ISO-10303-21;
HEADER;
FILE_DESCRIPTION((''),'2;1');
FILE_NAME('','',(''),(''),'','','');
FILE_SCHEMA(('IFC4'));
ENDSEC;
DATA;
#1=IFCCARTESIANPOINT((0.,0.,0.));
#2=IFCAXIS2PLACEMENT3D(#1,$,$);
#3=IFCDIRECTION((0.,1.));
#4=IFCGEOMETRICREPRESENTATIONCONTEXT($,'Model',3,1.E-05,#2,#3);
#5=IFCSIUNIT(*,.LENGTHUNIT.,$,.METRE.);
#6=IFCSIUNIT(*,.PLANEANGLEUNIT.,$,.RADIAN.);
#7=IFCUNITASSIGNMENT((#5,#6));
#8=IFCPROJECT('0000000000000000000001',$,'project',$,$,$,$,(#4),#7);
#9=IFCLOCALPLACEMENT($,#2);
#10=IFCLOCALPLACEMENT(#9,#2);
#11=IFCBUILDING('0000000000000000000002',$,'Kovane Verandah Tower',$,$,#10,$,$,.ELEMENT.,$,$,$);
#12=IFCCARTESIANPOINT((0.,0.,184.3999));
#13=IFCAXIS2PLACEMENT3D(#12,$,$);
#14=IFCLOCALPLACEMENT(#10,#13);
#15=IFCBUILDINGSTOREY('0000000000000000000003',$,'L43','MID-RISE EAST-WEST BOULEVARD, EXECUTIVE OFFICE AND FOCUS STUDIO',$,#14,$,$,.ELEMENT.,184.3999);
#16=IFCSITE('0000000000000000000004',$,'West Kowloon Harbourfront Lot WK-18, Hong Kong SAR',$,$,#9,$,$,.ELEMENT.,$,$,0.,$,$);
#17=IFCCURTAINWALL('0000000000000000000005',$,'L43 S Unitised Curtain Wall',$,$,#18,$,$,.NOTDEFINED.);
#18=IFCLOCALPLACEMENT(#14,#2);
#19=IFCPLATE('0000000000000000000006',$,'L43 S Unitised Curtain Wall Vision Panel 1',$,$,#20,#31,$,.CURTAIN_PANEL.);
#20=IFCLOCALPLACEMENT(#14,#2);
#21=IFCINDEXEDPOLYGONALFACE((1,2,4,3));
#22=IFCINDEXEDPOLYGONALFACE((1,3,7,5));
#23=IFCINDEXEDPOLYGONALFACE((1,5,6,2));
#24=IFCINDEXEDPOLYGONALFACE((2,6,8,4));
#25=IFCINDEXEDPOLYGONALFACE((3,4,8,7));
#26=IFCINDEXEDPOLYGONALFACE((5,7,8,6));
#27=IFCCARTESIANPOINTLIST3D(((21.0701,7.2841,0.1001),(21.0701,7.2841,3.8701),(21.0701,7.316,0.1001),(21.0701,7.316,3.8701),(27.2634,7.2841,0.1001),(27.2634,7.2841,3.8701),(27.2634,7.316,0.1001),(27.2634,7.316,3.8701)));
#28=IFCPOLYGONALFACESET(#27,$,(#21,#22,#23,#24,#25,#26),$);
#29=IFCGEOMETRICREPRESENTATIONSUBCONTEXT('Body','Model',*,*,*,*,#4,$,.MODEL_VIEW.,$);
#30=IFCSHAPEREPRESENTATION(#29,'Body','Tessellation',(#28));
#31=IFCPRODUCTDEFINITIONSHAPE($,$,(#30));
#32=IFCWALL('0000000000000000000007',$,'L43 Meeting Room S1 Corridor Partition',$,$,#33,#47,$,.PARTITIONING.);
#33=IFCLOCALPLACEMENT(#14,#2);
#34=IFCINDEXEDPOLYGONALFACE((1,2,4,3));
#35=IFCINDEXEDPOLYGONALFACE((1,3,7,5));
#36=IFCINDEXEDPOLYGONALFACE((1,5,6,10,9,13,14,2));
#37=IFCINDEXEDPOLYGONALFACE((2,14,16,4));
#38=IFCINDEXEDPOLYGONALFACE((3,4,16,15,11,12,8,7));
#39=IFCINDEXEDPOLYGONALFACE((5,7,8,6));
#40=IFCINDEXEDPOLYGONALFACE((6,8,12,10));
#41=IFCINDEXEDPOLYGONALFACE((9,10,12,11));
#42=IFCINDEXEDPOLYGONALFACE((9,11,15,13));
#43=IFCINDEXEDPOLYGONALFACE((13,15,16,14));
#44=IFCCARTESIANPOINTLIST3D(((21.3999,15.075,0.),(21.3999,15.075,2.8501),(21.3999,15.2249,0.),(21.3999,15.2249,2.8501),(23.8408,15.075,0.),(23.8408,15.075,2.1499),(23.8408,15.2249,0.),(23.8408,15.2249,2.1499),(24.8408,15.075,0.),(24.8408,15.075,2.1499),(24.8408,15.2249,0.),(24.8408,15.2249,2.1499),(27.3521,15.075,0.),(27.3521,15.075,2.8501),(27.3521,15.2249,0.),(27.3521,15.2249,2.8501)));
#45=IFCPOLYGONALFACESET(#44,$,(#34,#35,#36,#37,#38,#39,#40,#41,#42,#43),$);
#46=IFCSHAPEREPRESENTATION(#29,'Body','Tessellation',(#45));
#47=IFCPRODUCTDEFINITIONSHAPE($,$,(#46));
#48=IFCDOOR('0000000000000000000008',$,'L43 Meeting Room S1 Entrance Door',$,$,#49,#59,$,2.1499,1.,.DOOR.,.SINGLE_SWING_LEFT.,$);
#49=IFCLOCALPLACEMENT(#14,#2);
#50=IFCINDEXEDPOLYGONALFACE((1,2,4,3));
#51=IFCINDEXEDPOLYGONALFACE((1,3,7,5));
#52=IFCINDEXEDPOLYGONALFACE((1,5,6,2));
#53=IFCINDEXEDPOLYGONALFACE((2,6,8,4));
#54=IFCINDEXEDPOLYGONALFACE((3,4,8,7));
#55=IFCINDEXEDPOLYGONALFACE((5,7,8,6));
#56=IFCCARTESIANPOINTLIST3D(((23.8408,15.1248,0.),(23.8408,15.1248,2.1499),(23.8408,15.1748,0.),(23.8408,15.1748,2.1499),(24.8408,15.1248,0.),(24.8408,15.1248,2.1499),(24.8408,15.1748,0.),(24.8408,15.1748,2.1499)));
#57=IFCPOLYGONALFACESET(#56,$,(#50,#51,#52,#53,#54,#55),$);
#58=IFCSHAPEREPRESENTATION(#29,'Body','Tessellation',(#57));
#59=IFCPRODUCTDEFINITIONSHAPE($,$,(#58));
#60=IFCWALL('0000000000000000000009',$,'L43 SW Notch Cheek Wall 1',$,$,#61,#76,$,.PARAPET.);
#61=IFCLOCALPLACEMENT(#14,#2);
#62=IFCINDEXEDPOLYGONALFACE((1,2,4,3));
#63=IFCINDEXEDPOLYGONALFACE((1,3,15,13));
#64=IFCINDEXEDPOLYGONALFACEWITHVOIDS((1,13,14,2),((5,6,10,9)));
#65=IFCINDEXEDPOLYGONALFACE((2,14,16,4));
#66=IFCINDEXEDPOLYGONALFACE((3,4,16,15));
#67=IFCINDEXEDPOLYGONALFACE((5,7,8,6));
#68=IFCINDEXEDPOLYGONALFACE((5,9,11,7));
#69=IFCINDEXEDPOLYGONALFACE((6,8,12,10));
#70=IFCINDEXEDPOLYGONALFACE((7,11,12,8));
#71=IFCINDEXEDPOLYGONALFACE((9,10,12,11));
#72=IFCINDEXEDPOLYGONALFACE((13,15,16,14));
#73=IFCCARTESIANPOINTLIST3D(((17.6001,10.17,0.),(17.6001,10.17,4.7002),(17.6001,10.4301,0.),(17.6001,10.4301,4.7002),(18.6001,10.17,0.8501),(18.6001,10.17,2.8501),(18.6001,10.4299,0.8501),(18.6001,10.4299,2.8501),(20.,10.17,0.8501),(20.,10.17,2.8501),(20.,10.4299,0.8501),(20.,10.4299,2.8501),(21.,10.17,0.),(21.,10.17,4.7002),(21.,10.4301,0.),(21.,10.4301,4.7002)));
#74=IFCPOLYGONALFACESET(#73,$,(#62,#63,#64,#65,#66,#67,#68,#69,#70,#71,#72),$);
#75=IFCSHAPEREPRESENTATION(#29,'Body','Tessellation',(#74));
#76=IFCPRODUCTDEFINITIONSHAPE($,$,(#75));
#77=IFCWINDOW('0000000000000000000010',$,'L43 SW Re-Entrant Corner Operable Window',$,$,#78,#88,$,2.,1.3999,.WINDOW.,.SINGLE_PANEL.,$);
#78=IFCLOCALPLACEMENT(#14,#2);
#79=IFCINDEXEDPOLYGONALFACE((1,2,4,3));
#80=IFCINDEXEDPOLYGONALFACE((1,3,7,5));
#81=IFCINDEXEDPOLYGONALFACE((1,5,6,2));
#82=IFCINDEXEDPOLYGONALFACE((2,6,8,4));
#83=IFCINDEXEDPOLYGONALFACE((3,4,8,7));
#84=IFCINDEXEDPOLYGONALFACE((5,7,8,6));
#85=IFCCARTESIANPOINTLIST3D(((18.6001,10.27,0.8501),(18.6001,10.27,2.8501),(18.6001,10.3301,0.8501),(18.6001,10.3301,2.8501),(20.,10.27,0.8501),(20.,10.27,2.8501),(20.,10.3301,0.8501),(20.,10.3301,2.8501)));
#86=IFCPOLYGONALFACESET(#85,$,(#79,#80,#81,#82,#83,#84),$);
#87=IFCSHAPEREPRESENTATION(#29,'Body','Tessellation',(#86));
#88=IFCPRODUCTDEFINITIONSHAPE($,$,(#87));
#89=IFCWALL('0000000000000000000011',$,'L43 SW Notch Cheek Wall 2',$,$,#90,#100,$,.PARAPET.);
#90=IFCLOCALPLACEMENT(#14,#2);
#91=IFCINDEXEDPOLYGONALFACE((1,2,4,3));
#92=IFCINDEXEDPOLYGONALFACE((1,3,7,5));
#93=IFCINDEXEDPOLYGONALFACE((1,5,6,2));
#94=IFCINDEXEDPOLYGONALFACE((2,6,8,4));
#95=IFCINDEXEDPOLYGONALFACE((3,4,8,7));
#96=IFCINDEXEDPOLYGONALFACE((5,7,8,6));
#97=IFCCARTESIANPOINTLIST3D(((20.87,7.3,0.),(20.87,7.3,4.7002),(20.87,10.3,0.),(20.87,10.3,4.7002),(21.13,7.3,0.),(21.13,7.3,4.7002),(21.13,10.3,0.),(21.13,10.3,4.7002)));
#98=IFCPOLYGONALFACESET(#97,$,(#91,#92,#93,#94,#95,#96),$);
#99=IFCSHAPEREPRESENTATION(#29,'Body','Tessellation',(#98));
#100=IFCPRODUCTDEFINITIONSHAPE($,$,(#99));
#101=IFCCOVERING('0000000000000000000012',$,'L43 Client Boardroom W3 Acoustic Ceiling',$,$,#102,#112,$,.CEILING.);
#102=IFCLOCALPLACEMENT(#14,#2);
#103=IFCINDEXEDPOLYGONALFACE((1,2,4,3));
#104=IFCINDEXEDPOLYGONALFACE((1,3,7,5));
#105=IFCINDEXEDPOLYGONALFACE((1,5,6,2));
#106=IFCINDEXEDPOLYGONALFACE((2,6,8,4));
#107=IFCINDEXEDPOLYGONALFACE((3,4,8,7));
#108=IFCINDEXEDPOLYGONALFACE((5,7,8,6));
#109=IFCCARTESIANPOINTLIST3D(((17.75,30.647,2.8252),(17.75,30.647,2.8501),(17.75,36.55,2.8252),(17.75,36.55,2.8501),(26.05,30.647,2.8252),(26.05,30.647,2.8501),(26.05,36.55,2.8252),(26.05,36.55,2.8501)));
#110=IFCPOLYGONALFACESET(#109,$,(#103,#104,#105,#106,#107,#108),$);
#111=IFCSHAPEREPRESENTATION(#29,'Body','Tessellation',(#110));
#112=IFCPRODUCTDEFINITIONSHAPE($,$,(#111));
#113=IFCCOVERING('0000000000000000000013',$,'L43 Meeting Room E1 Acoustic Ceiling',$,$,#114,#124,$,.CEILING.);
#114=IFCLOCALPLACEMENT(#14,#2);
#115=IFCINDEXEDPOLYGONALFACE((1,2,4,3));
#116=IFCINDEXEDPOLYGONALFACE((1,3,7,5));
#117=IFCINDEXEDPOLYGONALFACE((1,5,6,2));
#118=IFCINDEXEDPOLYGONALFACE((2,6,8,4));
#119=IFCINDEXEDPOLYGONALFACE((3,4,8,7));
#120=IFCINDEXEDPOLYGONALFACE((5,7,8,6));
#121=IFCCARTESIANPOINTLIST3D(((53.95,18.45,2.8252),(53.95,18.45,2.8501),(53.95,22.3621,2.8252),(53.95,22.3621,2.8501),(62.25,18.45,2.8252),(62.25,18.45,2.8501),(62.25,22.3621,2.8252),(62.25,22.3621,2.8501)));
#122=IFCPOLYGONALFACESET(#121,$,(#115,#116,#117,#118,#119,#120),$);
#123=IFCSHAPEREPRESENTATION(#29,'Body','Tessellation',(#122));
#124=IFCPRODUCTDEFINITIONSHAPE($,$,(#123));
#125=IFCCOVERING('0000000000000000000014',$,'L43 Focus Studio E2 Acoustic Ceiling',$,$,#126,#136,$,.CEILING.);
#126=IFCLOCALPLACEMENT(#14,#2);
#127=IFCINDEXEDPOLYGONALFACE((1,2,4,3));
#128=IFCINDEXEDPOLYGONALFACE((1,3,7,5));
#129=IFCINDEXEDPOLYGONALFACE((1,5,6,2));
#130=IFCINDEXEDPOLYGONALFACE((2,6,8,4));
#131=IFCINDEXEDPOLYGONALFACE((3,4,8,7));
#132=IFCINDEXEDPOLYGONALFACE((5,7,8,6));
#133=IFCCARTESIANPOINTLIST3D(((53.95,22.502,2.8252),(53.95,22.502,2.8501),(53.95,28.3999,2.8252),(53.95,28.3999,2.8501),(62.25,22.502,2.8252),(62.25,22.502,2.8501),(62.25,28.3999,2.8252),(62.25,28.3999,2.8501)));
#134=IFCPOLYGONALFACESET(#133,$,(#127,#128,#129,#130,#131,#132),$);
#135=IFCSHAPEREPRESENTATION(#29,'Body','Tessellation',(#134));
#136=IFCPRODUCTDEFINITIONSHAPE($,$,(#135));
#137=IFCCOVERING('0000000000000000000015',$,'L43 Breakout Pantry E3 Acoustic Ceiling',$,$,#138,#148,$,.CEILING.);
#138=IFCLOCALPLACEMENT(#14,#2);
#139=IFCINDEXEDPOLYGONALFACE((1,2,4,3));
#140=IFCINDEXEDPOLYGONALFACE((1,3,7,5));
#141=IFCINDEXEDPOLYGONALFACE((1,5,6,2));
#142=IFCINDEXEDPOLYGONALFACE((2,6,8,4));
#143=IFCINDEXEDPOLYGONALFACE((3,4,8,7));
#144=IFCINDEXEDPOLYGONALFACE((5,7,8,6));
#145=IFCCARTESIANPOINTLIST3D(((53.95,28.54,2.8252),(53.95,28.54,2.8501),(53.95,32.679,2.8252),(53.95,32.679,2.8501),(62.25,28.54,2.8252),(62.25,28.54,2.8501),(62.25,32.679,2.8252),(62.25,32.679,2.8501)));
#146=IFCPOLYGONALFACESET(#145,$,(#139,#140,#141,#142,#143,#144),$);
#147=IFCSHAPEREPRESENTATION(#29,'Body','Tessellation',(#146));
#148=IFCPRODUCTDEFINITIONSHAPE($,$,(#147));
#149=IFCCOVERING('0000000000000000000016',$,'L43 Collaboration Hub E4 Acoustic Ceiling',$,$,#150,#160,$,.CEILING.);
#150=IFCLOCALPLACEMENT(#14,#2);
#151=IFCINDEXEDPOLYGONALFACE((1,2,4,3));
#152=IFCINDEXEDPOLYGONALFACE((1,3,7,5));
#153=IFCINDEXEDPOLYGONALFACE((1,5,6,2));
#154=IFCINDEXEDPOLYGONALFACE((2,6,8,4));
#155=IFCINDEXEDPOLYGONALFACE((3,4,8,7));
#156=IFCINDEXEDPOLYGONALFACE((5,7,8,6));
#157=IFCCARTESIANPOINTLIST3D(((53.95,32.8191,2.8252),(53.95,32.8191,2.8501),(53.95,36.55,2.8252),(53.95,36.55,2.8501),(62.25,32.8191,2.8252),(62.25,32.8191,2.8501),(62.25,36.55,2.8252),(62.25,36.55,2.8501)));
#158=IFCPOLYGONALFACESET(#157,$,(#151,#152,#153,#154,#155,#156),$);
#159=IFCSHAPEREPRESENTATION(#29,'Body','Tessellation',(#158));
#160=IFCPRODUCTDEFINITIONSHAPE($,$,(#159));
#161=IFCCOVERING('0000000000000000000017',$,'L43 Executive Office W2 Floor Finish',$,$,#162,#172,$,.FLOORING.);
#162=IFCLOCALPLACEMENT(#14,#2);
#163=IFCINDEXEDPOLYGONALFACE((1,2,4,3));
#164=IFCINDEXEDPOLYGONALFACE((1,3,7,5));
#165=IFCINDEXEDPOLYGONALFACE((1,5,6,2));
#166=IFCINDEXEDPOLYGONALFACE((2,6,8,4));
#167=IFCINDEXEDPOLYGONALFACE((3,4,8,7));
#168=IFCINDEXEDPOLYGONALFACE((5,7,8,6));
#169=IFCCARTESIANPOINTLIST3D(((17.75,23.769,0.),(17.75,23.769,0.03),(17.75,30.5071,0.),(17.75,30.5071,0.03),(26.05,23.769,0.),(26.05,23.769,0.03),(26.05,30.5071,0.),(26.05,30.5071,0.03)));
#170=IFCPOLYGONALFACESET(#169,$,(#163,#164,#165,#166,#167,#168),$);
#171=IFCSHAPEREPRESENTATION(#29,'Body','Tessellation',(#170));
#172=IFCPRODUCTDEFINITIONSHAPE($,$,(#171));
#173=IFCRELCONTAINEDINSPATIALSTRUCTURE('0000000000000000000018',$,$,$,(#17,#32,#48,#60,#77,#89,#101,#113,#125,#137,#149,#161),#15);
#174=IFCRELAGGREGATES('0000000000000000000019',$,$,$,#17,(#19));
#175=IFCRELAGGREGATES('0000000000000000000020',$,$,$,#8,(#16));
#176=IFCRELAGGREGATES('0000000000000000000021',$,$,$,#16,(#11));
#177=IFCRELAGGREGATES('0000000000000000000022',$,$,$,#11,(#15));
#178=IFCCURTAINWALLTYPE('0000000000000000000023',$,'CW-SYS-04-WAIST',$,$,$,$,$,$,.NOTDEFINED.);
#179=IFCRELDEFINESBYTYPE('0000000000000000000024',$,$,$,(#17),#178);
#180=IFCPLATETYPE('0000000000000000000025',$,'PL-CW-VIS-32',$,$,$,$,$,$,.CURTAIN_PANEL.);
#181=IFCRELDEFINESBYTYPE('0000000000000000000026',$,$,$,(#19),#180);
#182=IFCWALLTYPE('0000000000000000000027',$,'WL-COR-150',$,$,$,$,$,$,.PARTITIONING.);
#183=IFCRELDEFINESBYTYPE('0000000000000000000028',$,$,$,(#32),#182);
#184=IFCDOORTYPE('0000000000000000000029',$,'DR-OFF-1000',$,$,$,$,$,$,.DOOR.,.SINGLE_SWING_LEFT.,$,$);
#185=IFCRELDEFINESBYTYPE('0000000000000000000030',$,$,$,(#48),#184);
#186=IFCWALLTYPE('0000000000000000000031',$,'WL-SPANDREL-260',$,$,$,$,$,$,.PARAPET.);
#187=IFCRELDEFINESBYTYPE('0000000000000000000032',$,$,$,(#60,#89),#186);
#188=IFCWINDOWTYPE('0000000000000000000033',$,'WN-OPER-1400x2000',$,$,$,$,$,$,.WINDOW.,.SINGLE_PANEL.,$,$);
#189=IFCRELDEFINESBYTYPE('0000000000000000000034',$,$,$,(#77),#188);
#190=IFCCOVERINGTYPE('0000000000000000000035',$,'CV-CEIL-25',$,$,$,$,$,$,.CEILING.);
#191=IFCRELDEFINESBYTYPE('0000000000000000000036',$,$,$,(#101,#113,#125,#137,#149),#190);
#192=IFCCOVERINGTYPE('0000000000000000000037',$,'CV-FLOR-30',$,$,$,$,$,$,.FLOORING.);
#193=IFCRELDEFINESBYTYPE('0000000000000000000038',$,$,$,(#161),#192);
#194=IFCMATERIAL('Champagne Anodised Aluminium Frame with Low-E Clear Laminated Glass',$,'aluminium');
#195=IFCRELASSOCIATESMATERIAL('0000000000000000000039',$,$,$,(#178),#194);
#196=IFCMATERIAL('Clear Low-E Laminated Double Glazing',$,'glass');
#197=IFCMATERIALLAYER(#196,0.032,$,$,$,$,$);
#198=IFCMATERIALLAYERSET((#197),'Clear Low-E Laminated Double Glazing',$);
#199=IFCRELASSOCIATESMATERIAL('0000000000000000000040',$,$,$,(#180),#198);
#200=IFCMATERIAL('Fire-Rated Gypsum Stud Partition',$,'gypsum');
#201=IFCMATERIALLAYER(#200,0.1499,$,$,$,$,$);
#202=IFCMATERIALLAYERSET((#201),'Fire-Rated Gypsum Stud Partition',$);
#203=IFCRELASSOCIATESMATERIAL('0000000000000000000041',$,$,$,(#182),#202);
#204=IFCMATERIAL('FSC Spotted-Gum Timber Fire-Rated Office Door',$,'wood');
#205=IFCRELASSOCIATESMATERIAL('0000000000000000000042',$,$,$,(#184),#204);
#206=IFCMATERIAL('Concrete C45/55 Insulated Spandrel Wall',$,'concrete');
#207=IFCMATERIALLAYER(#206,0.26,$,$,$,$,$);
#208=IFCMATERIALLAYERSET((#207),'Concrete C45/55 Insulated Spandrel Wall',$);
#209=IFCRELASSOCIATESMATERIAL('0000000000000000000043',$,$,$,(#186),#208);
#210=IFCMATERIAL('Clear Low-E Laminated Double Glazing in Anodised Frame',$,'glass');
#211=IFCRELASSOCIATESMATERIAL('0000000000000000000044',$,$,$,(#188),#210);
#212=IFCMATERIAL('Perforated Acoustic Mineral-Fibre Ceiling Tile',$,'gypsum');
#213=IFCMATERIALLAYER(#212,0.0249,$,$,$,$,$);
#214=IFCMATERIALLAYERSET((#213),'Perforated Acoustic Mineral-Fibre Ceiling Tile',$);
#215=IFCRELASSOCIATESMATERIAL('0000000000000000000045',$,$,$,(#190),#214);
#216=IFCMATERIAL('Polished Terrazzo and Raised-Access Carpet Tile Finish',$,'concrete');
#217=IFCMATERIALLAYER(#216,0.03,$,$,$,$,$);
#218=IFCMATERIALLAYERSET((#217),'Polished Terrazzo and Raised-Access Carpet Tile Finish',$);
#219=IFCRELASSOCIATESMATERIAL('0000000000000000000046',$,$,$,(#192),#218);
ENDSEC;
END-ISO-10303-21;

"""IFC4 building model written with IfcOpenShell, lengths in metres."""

from ifc_helpers import new_model, si_unit, direction, frame, frame_2d, origin, origin_2d, place, context, subcontext, project, spatial, polyline, rectangle, outline, extrude, material, layer, layer_set, type_object, element, fill, aggregate, save


model = new_model("IFC4")

# Units and contexts
model_context = context("Model", 3, precision=1e-05, world=origin(), true_north=direction((0.0, 1.0)))
body_context = subcontext(model_context, "Body", "Model", "MODEL_VIEW")
ifc_project = project(units=[si_unit("LENGTHUNIT", "METRE"), si_unit("PLANEANGLEUNIT", "RADIAN")], contexts=[model_context])

# Site, building, storey
site_placement = place(None, origin())
site = spatial("IfcSite", under=ifc_project, at=site_placement, Name="West Kowloon Harbourfront Lot WK-18, Hong Kong SAR", CompositionType="ELEMENT", RefElevation=0.0)
building_placement = place(site_placement, origin())
building = spatial("IfcBuilding", under=site, at=building_placement, Name="Kovane Verandah Tower", CompositionType="ELEMENT")
storey_placement = place(building_placement, frame((0.0, 0.0, 184.3999)))
storey = spatial("IfcBuildingStorey", under=building, at=storey_placement, Name="L43", Description="MID-RISE EAST-WEST BOULEVARD, EXECUTIVE OFFICE AND FOCUS STUDIO", CompositionType="ELEMENT", Elevation=184.3999)

# Curtain wall, plate
ifc_material_1 = material(Name="Champagne Anodised Aluminium Frame with Low-E Clear Laminated Glass", Category="aluminium")
curtain_wall_type = type_object("IfcCurtainWallType", Name="CW-SYS-04-WAIST", PredefinedType="NOTDEFINED", material=ifc_material_1)
curtain_wall_placement = place(storey_placement, origin())
curtain_wall = element("IfcCurtainWall", 1, at=curtain_wall_placement, inside=storey, type_object=curtain_wall_type, Name="L43 S Unitised Curtain Wall", PredefinedType="NOTDEFINED")
ifc_material_2 = material(Name="Clear Low-E Laminated Double Glazing", Category="glass")
ifc_layer_1 = layer(ifc_material_2, 0.032)
ifc_layer_set_1 = layer_set([ifc_layer_1], Name="Clear Low-E Laminated Double Glazing")
plate_type = type_object("IfcPlateType", Name="PL-CW-VIS-32", PredefinedType="CURTAIN_PANEL", material=ifc_layer_set_1)
plate_placement = place(storey_placement, frame((24.1667, 7.3, 0.1001), z_axis=(0.0, 0.0, 1.0), x_axis=(1.0, 0.0, 0.0)))
plate = element("IfcPlate", 2, at=plate_placement, type_object=plate_type, Name="L43 S Unitised Curtain Wall Vision Panel 1", PredefinedType="CURTAIN_PANEL", context=body_context, shape_type="SweptSolid", body=[
    extrude(rectangle(XDim=6.1934, YDim=0.032, at=origin_2d()), origin(), (0.0, 0.0, 1.0), 3.77),
])
aggregate(curtain_wall, [plate])

# Wall, opening, door
ifc_material_3 = material(Name="Fire-Rated Gypsum Stud Partition", Category="gypsum")
ifc_layer_2 = layer(ifc_material_3, 0.1499)
ifc_layer_set_2 = layer_set([ifc_layer_2], Name="Fire-Rated Gypsum Stud Partition")
wall_type_1 = type_object("IfcWallType", Name="WL-COR-150", PredefinedType="PARTITIONING", material=ifc_layer_set_2)
wall_1_placement = place(storey_placement, frame((21.3999, 15.1499, 0.0), z_axis=(0.0, 0.0, 1.0), x_axis=(1.0, 0.0, 0.0)))
wall_1 = element("IfcWall", 3, at=wall_1_placement, inside=storey, type_object=wall_type_1, Name="L43 Meeting Room S1 Corridor Partition", PredefinedType="PARTITIONING", context=body_context, shape_type="SweptSolid", body=[
    extrude(rectangle(XDim=5.9521, YDim=0.1499, at=frame_2d((2.9761, 0.0))), origin(), (0.0, 0.0, 1.0), 2.8501),
])
opening_1_placement = place(wall_1_placement, frame((2.4409, 0.0, 0.0)))
opening_1 = element("IfcOpeningElement", 4, at=opening_1_placement, cuts=wall_1, PredefinedType="OPENING", context=body_context, shape_type="SweptSolid", body=[
    extrude(rectangle(XDim=1.0, YDim=2.1499, at=frame_2d((0.5, 1.075))), frame((0.0, 0.075, 0.0), z_axis=(0.0, -1.0, 0.0), x_axis=(1.0, 0.0, 0.0)), (0.0, 0.0, 1.0), 0.1499),
])
ifc_material_4 = material(Name="FSC Spotted-Gum Timber Fire-Rated Office Door", Category="wood")
door_type = type_object("IfcDoorType", Name="DR-OFF-1000", OperationType="SINGLE_SWING_LEFT", PredefinedType="DOOR", material=ifc_material_4)
door_placement = place(opening_1_placement, origin())
door = element("IfcDoor", 5, at=door_placement, inside=storey, type_object=door_type, Name="L43 Meeting Room S1 Entrance Door", OperationType="SINGLE_SWING_LEFT", OverallHeight=2.1499, OverallWidth=1.0, PredefinedType="DOOR", context=body_context, shape_type="SweptSolid", body=[
    extrude(rectangle(XDim=1.0, YDim=2.1499, at=frame_2d((0.5, 1.075))), frame((0.0, 0.0249, 0.0), z_axis=(0.0, -1.0, 0.0), x_axis=(1.0, 0.0, 0.0)), (0.0, 0.0, 1.0), 0.05),
])
fill(opening_1, door)

# Wall, opening, window
ifc_material_5 = material(Name="Concrete C45/55 Insulated Spandrel Wall", Category="concrete")
ifc_layer_3 = layer(ifc_material_5, 0.26)
ifc_layer_set_3 = layer_set([ifc_layer_3], Name="Concrete C45/55 Insulated Spandrel Wall")
wall_type_2 = type_object("IfcWallType", Name="WL-SPANDREL-260", PredefinedType="PARAPET", material=ifc_layer_set_3)
wall_2_placement = place(storey_placement, frame((17.6001, 10.3, 0.0), z_axis=(0.0, 0.0, 1.0), x_axis=(1.0, 0.0, 0.0)))
wall_2 = element("IfcWall", 6, at=wall_2_placement, inside=storey, type_object=wall_type_2, Name="L43 SW Notch Cheek Wall 1", PredefinedType="PARAPET", context=body_context, shape_type="SweptSolid", body=[
    extrude(rectangle(XDim=3.3999, YDim=0.26, at=frame_2d((1.7, 0.0))), origin(), (0.0, 0.0, 1.0), 4.7002),
])
opening_2_placement = place(wall_2_placement, frame((1.0, 0.0, 0.8501)))
opening_2 = element("IfcOpeningElement", 7, at=opening_2_placement, cuts=wall_2, PredefinedType="OPENING", context=body_context, shape_type="SweptSolid", body=[
    extrude(rectangle(XDim=1.3999, YDim=2.0, at=frame_2d((0.7, 1.0))), frame((0.0, 0.1299, 0.0), z_axis=(0.0, -1.0, 0.0), x_axis=(1.0, 0.0, 0.0)), (0.0, 0.0, 1.0), 0.26),
])
ifc_material_6 = material(Name="Clear Low-E Laminated Double Glazing in Anodised Frame", Category="glass")
window_type = type_object("IfcWindowType", Name="WN-OPER-1400x2000", PartitioningType="SINGLE_PANEL", PredefinedType="WINDOW", material=ifc_material_6)
window_placement = place(opening_2_placement, origin())
window = element("IfcWindow", 8, at=window_placement, inside=storey, type_object=window_type, Name="L43 SW Re-Entrant Corner Operable Window", OverallHeight=2.0, OverallWidth=1.3999, PartitioningType="SINGLE_PANEL", PredefinedType="WINDOW", context=body_context, shape_type="SweptSolid", body=[
    extrude(rectangle(XDim=1.3999, YDim=2.0, at=frame_2d((0.7, 1.0))), frame((0.0, 0.03, 0.0), z_axis=(0.0, -1.0, 0.0), x_axis=(1.0, 0.0, 0.0)), (0.0, 0.0, 1.0), 0.0601),
])
fill(opening_2, window)

# Wall
wall_3_placement = place(storey_placement, frame((21.0, 10.3, 0.0), z_axis=(0.0, 0.0, 1.0), x_axis=(0.0, -1.0, 0.0)))
element("IfcWall", 9, at=wall_3_placement, inside=storey, type_object=wall_type_2, Name="L43 SW Notch Cheek Wall 2", PredefinedType="PARAPET", context=body_context, shape_type="SweptSolid", body=[
    extrude(rectangle(XDim=3.0, YDim=0.26, at=frame_2d((1.5, 0.0))), origin(), (0.0, 0.0, 1.0), 4.7002),
])

# Coverings
ifc_material_7 = material(Name="Perforated Acoustic Mineral-Fibre Ceiling Tile", Category="gypsum")
ifc_layer_4 = layer(ifc_material_7, 0.0249)
ifc_layer_set_4 = layer_set([ifc_layer_4], Name="Perforated Acoustic Mineral-Fibre Ceiling Tile")
covering_type_1 = type_object("IfcCoveringType", Name="CV-CEIL-25", PredefinedType="CEILING", material=ifc_layer_set_4)
covering_1_placement = place(storey_placement, frame((0.0, 0.0, 2.8252)))
element("IfcCovering", 10, at=covering_1_placement, inside=storey, type_object=covering_type_1, Name="L43 Client Boardroom W3 Acoustic Ceiling", PredefinedType="CEILING", context=body_context, shape_type="SweptSolid", body=[
    extrude(outline(polyline([(17.75, 30.647), (26.05, 30.647), (26.05, 36.55), (17.75, 36.55), (17.75, 30.647)])), origin(), (0.0, 0.0, 1.0), 0.0249),
])
covering_2_placement = place(storey_placement, frame((0.0, 0.0, 2.8252)))
element("IfcCovering", 11, at=covering_2_placement, inside=storey, type_object=covering_type_1, Name="L43 Meeting Room E1 Acoustic Ceiling", PredefinedType="CEILING", context=body_context, shape_type="SweptSolid", body=[
    extrude(outline(polyline([(53.95, 18.45), (62.25, 18.45), (62.25, 22.3621), (53.95, 22.3621), (53.95, 18.45)])), origin(), (0.0, 0.0, 1.0), 0.0249),
])
covering_3_placement = place(storey_placement, frame((0.0, 0.0, 2.8252)))
element("IfcCovering", 12, at=covering_3_placement, inside=storey, type_object=covering_type_1, Name="L43 Focus Studio E2 Acoustic Ceiling", PredefinedType="CEILING", context=body_context, shape_type="SweptSolid", body=[
    extrude(outline(polyline([(53.95, 22.502), (62.25, 22.502), (62.25, 28.3999), (53.95, 28.3999), (53.95, 22.502)])), origin(), (0.0, 0.0, 1.0), 0.0249),
])
covering_4_placement = place(storey_placement, frame((0.0, 0.0, 2.8252)))
element("IfcCovering", 13, at=covering_4_placement, inside=storey, type_object=covering_type_1, Name="L43 Breakout Pantry E3 Acoustic Ceiling", PredefinedType="CEILING", context=body_context, shape_type="SweptSolid", body=[
    extrude(outline(polyline([(53.95, 28.54), (62.25, 28.54), (62.25, 32.679), (53.95, 32.679), (53.95, 28.54)])), origin(), (0.0, 0.0, 1.0), 0.0249),
])
covering_5_placement = place(storey_placement, frame((0.0, 0.0, 2.8252)))
element("IfcCovering", 14, at=covering_5_placement, inside=storey, type_object=covering_type_1, Name="L43 Collaboration Hub E4 Acoustic Ceiling", PredefinedType="CEILING", context=body_context, shape_type="SweptSolid", body=[
    extrude(outline(polyline([(53.95, 32.8191), (62.25, 32.8191), (62.25, 36.55), (53.95, 36.55), (53.95, 32.8191)])), origin(), (0.0, 0.0, 1.0), 0.0249),
])
ifc_material_8 = material(Name="Polished Terrazzo and Raised-Access Carpet Tile Finish", Category="concrete")
ifc_layer_5 = layer(ifc_material_8, 0.03)
ifc_layer_set_5 = layer_set([ifc_layer_5], Name="Polished Terrazzo and Raised-Access Carpet Tile Finish")
covering_type_2 = type_object("IfcCoveringType", Name="CV-FLOR-30", PredefinedType="FLOORING", material=ifc_layer_set_5)
covering_6_placement = place(storey_placement, origin())
element("IfcCovering", 15, at=covering_6_placement, inside=storey, type_object=covering_type_2, Name="L43 Executive Office W2 Floor Finish", PredefinedType="FLOORING", context=body_context, shape_type="SweptSolid", body=[
    extrude(outline(polyline([(17.75, 23.769), (26.05, 23.769), (26.05, 30.5071), (17.75, 30.5071), (17.75, 23.769)])), origin(), (0.0, 0.0, 1.0), 0.03),
])

save(model, "model.ifc")
